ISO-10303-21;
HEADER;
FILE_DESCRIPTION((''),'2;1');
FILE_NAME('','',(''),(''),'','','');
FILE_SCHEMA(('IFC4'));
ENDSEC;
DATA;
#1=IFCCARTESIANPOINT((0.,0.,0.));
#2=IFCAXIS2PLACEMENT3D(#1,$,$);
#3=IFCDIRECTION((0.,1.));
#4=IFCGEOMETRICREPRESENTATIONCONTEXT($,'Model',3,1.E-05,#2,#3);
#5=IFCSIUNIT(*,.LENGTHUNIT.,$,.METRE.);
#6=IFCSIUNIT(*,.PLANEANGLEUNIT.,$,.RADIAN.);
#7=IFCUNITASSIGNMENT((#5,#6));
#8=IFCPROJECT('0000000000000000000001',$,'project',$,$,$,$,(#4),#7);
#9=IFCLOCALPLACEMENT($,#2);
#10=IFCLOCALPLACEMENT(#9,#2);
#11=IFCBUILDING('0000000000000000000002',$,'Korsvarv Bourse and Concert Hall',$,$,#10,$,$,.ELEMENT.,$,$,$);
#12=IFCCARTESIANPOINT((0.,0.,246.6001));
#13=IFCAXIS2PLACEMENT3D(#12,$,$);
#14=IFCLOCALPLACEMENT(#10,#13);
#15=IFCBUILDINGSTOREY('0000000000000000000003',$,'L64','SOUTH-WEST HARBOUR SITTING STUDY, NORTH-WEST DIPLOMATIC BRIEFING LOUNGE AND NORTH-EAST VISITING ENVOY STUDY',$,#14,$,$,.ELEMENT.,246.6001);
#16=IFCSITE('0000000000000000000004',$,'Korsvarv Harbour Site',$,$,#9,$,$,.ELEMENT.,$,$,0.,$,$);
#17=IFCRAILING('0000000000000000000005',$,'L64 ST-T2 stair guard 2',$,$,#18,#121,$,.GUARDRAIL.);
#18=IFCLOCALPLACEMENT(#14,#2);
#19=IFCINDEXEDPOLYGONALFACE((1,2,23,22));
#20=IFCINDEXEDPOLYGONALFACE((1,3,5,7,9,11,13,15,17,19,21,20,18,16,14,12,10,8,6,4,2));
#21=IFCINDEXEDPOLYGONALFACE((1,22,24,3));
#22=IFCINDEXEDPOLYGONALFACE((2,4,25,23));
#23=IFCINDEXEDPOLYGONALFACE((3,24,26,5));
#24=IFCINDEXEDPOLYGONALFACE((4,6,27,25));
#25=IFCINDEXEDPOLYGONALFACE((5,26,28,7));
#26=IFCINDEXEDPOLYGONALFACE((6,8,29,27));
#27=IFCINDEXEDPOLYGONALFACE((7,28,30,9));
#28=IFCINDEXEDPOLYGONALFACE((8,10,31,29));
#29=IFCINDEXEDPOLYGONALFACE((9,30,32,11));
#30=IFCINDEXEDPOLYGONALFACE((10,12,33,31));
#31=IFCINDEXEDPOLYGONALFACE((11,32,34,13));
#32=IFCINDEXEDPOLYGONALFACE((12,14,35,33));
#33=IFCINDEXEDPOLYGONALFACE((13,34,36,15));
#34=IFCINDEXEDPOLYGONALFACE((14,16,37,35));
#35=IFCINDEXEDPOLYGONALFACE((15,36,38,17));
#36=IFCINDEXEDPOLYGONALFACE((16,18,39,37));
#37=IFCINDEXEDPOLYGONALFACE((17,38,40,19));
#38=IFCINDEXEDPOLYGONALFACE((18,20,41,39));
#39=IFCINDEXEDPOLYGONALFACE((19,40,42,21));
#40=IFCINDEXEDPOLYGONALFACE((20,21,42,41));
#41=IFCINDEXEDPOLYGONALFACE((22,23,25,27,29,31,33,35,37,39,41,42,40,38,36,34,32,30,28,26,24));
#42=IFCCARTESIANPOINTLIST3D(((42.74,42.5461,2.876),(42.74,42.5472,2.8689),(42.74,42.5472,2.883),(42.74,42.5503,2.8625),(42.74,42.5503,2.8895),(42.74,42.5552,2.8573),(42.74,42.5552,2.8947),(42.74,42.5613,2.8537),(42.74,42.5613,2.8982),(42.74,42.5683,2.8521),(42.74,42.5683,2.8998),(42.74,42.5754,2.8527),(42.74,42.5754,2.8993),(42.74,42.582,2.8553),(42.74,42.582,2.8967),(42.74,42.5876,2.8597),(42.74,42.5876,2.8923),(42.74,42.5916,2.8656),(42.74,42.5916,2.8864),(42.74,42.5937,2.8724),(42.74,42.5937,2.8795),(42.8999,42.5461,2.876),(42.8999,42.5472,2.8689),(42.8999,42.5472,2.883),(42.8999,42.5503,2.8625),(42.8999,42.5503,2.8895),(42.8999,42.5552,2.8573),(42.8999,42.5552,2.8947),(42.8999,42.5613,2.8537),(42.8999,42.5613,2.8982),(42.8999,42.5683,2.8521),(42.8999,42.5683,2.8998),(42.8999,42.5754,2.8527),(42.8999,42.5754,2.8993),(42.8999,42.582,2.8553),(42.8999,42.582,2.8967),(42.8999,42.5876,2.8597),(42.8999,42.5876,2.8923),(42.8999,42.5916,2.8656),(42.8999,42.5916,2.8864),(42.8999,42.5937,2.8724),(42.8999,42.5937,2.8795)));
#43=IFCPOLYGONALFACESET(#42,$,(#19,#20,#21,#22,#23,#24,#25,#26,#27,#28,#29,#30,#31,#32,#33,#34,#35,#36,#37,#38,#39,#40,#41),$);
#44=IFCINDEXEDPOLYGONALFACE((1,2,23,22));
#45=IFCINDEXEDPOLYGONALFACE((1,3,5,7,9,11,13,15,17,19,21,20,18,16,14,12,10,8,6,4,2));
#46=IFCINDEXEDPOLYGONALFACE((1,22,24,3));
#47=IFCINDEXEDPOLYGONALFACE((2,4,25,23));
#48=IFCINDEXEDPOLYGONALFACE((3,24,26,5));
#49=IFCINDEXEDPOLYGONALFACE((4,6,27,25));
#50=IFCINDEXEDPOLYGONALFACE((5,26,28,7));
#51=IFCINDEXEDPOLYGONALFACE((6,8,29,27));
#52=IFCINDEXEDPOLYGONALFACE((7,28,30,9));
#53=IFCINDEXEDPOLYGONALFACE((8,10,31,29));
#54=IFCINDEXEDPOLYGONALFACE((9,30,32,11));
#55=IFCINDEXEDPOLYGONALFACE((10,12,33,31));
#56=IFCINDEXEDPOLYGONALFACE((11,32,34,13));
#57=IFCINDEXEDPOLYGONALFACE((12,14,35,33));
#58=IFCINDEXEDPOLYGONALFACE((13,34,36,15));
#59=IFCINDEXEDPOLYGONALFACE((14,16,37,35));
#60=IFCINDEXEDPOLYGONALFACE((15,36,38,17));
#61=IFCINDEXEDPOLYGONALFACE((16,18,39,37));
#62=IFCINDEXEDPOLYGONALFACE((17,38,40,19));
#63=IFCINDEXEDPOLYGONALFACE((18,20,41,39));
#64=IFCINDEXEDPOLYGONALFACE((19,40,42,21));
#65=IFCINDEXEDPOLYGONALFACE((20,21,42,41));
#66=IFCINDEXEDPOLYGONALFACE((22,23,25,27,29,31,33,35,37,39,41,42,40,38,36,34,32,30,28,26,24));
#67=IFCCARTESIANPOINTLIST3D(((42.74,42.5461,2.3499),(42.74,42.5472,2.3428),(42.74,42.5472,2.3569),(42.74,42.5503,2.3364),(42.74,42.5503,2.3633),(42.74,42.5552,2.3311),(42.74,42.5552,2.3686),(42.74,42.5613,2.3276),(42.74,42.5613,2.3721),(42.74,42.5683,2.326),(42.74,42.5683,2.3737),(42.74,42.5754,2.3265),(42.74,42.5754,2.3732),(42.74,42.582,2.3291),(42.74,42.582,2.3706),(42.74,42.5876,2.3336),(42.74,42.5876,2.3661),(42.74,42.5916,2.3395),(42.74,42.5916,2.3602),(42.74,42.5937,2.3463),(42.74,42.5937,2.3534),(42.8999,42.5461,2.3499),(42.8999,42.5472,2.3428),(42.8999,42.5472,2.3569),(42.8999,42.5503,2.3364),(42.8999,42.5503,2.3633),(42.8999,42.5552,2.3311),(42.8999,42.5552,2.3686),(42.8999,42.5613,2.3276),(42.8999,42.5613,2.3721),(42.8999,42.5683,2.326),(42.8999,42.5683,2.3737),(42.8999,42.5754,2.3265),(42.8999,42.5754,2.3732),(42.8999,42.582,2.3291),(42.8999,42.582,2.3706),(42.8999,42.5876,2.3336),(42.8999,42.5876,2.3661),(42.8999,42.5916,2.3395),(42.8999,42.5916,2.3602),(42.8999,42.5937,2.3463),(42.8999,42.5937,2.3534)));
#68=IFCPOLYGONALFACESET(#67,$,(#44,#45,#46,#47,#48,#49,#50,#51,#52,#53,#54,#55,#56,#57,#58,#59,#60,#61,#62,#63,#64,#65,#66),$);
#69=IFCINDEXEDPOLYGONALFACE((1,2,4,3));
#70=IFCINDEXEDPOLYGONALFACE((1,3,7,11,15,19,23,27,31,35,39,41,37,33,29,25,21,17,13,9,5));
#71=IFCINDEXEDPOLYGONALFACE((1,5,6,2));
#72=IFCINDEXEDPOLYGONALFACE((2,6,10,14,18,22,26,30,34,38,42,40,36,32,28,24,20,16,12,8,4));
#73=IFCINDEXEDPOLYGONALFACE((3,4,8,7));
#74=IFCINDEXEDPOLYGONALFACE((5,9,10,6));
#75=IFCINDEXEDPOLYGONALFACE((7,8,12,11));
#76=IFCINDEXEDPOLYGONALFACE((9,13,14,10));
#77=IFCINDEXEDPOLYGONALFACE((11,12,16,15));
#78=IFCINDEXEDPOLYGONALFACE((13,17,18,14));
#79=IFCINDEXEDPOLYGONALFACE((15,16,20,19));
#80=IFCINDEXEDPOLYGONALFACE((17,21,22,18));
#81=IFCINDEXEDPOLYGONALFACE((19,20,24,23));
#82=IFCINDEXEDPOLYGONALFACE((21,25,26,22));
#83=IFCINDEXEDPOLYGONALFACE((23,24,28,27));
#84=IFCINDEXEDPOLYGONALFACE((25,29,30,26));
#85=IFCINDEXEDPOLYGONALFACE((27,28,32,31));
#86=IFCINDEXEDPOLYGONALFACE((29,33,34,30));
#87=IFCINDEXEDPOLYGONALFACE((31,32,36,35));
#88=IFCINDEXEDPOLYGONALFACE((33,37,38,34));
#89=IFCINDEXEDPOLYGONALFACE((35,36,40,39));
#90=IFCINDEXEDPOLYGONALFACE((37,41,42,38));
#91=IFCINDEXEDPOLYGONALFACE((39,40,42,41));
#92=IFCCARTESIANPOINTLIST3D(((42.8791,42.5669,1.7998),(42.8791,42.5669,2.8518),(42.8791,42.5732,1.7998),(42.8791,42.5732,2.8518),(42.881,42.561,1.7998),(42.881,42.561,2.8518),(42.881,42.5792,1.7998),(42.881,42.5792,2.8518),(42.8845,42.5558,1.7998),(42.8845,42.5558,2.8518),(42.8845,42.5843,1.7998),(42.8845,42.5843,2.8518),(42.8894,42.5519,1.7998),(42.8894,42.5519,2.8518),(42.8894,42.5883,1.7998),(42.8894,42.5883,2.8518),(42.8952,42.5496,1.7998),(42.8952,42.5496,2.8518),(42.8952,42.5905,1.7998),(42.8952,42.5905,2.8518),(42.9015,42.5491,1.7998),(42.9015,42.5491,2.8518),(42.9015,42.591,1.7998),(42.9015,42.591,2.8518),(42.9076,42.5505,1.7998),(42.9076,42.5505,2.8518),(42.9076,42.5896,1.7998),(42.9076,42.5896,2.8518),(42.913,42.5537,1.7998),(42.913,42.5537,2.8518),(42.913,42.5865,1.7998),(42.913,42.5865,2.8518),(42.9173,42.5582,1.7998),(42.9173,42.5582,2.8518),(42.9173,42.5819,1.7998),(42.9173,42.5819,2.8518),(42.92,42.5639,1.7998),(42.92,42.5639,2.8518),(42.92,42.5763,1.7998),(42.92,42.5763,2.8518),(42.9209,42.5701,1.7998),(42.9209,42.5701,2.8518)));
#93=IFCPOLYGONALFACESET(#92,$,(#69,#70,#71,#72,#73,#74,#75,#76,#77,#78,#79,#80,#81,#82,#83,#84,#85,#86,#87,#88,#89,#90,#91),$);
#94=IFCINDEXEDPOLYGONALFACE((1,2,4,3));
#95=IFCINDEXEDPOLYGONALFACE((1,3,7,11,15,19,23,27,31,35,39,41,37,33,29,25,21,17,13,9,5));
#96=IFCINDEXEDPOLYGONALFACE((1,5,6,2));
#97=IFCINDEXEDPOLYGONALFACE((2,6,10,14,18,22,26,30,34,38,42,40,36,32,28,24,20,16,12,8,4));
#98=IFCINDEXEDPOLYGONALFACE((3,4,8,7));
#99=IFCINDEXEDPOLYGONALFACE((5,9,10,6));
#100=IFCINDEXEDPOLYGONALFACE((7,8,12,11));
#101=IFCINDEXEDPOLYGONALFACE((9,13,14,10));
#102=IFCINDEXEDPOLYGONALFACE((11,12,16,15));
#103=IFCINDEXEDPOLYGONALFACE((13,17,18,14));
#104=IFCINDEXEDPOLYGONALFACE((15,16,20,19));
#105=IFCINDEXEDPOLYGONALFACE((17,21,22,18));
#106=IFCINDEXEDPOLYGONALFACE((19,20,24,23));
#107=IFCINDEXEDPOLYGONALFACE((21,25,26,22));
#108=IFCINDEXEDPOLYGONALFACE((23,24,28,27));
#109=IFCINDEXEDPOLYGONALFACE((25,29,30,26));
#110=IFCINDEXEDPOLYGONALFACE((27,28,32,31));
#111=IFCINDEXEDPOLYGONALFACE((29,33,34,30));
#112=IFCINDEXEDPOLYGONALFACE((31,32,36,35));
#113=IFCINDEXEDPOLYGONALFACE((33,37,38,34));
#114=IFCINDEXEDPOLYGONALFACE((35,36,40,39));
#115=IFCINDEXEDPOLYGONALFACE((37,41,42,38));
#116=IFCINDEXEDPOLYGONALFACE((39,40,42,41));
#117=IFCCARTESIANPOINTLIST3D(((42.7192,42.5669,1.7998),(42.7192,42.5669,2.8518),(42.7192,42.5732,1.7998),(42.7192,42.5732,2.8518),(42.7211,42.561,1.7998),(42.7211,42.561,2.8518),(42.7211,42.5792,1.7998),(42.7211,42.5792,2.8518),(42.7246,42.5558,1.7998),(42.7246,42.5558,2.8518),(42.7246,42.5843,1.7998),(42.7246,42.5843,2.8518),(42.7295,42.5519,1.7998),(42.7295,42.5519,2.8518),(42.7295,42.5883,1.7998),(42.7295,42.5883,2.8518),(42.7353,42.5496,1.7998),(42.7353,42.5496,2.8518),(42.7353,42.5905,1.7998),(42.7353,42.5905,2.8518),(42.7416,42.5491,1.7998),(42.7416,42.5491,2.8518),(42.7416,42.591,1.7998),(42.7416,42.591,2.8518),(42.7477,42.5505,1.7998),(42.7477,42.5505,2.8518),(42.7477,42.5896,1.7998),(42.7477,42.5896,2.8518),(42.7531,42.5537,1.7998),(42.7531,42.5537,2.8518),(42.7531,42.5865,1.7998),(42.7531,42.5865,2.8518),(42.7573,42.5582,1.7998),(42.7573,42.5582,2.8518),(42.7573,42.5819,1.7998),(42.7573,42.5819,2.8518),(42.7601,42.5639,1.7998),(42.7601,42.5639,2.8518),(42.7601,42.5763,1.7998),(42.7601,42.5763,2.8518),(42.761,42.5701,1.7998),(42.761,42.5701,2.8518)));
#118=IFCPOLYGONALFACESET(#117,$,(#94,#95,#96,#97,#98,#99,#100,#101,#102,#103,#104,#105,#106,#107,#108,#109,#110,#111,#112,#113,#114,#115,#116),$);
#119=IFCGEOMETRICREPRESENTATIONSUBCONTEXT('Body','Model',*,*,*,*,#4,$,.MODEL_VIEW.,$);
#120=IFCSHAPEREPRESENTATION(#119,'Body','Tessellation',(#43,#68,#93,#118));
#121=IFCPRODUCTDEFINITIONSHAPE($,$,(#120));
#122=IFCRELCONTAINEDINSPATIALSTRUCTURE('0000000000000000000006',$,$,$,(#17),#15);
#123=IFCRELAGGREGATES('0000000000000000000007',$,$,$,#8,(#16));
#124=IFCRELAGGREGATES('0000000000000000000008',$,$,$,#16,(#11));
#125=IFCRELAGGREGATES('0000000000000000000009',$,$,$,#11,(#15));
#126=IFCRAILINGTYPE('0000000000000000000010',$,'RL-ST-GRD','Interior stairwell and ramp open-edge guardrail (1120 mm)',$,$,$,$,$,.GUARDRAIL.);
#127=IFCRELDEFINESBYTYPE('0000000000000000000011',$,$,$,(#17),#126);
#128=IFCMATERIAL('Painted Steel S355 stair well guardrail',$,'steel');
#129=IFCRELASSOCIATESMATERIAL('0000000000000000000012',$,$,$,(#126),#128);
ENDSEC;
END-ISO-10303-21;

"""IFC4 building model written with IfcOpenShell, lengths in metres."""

from ifc_helpers import new_model, si_unit, direction, frame, origin, origin_2d, place, context, subcontext, project, spatial, circle, extrude, material, type_object, element, save


model = new_model("IFC4")

# Units and contexts
model_context = context("Model", 3, precision=1e-05, world=origin(), true_north=direction((0.0, 1.0)))
body_context = subcontext(model_context, "Body", "Model", "MODEL_VIEW")
ifc_project = project(units=[si_unit("LENGTHUNIT", "METRE"), si_unit("PLANEANGLEUNIT", "RADIAN")], contexts=[model_context])

# Site, building, storey
site_placement = place(None, origin())
site = spatial("IfcSite", under=ifc_project, at=site_placement, Name="Korsvarv Harbour Site", CompositionType="ELEMENT", RefElevation=0.0)
building_placement = place(site_placement, origin())
building = spatial("IfcBuilding", under=site, at=building_placement, Name="Korsvarv Bourse and Concert Hall", CompositionType="ELEMENT")
storey_placement = place(building_placement, frame((0.0, 0.0, 246.6001)))
storey = spatial("IfcBuildingStorey", under=building, at=storey_placement, Name="L64", Description="SOUTH-WEST HARBOUR SITTING STUDY, NORTH-WEST DIPLOMATIC BRIEFING LOUNGE AND NORTH-EAST VISITING ENVOY STUDY", CompositionType="ELEMENT", Elevation=246.6001)

# Railing
ifc_material_1 = material(Name="Painted Steel S355 stair well guardrail", Category="steel")
railing_type_1 = type_object("IfcRailingType", Name="RL-ST-GRD", Description="Interior stairwell and ramp open-edge guardrail (1120 mm)", PredefinedType="GUARDRAIL", material=ifc_material_1)
railing_1_placement = place(storey_placement, frame((42.8999, 42.5701, 1.7998)))
element("IfcRailing", 1, at=railing_1_placement, inside=storey, type_object=railing_type_1, Name="L64 ST-T2 stair guard 2", PredefinedType="GUARDRAIL", context=body_context, shape_type="SweptSolid", body=[
    extrude(circle(Radius=0.0239, at=origin_2d()), frame((0.0, 0.0, 1.0762), z_axis=(-1.0, 0.0, 0.0), x_axis=(0.0, -1.0, 0.0)), (0.0, 0.0, 1.0), 0.1599),
    extrude(circle(Radius=0.0239, at=origin_2d()), frame((0.0, 0.0, 0.55), z_axis=(-1.0, 0.0, 0.0), x_axis=(0.0, -1.0, 0.0)), (0.0, 0.0, 1.0), 0.1599),
    extrude(circle(Radius=0.021, at=origin_2d()), origin(), (0.0, 0.0, 1.0), 1.052),
    extrude(circle(Radius=0.021, at=origin_2d()), frame((-0.1599, 0.0, 0.0)), (0.0, 0.0, 1.0), 1.052),
])

save(model, "model.ifc")
